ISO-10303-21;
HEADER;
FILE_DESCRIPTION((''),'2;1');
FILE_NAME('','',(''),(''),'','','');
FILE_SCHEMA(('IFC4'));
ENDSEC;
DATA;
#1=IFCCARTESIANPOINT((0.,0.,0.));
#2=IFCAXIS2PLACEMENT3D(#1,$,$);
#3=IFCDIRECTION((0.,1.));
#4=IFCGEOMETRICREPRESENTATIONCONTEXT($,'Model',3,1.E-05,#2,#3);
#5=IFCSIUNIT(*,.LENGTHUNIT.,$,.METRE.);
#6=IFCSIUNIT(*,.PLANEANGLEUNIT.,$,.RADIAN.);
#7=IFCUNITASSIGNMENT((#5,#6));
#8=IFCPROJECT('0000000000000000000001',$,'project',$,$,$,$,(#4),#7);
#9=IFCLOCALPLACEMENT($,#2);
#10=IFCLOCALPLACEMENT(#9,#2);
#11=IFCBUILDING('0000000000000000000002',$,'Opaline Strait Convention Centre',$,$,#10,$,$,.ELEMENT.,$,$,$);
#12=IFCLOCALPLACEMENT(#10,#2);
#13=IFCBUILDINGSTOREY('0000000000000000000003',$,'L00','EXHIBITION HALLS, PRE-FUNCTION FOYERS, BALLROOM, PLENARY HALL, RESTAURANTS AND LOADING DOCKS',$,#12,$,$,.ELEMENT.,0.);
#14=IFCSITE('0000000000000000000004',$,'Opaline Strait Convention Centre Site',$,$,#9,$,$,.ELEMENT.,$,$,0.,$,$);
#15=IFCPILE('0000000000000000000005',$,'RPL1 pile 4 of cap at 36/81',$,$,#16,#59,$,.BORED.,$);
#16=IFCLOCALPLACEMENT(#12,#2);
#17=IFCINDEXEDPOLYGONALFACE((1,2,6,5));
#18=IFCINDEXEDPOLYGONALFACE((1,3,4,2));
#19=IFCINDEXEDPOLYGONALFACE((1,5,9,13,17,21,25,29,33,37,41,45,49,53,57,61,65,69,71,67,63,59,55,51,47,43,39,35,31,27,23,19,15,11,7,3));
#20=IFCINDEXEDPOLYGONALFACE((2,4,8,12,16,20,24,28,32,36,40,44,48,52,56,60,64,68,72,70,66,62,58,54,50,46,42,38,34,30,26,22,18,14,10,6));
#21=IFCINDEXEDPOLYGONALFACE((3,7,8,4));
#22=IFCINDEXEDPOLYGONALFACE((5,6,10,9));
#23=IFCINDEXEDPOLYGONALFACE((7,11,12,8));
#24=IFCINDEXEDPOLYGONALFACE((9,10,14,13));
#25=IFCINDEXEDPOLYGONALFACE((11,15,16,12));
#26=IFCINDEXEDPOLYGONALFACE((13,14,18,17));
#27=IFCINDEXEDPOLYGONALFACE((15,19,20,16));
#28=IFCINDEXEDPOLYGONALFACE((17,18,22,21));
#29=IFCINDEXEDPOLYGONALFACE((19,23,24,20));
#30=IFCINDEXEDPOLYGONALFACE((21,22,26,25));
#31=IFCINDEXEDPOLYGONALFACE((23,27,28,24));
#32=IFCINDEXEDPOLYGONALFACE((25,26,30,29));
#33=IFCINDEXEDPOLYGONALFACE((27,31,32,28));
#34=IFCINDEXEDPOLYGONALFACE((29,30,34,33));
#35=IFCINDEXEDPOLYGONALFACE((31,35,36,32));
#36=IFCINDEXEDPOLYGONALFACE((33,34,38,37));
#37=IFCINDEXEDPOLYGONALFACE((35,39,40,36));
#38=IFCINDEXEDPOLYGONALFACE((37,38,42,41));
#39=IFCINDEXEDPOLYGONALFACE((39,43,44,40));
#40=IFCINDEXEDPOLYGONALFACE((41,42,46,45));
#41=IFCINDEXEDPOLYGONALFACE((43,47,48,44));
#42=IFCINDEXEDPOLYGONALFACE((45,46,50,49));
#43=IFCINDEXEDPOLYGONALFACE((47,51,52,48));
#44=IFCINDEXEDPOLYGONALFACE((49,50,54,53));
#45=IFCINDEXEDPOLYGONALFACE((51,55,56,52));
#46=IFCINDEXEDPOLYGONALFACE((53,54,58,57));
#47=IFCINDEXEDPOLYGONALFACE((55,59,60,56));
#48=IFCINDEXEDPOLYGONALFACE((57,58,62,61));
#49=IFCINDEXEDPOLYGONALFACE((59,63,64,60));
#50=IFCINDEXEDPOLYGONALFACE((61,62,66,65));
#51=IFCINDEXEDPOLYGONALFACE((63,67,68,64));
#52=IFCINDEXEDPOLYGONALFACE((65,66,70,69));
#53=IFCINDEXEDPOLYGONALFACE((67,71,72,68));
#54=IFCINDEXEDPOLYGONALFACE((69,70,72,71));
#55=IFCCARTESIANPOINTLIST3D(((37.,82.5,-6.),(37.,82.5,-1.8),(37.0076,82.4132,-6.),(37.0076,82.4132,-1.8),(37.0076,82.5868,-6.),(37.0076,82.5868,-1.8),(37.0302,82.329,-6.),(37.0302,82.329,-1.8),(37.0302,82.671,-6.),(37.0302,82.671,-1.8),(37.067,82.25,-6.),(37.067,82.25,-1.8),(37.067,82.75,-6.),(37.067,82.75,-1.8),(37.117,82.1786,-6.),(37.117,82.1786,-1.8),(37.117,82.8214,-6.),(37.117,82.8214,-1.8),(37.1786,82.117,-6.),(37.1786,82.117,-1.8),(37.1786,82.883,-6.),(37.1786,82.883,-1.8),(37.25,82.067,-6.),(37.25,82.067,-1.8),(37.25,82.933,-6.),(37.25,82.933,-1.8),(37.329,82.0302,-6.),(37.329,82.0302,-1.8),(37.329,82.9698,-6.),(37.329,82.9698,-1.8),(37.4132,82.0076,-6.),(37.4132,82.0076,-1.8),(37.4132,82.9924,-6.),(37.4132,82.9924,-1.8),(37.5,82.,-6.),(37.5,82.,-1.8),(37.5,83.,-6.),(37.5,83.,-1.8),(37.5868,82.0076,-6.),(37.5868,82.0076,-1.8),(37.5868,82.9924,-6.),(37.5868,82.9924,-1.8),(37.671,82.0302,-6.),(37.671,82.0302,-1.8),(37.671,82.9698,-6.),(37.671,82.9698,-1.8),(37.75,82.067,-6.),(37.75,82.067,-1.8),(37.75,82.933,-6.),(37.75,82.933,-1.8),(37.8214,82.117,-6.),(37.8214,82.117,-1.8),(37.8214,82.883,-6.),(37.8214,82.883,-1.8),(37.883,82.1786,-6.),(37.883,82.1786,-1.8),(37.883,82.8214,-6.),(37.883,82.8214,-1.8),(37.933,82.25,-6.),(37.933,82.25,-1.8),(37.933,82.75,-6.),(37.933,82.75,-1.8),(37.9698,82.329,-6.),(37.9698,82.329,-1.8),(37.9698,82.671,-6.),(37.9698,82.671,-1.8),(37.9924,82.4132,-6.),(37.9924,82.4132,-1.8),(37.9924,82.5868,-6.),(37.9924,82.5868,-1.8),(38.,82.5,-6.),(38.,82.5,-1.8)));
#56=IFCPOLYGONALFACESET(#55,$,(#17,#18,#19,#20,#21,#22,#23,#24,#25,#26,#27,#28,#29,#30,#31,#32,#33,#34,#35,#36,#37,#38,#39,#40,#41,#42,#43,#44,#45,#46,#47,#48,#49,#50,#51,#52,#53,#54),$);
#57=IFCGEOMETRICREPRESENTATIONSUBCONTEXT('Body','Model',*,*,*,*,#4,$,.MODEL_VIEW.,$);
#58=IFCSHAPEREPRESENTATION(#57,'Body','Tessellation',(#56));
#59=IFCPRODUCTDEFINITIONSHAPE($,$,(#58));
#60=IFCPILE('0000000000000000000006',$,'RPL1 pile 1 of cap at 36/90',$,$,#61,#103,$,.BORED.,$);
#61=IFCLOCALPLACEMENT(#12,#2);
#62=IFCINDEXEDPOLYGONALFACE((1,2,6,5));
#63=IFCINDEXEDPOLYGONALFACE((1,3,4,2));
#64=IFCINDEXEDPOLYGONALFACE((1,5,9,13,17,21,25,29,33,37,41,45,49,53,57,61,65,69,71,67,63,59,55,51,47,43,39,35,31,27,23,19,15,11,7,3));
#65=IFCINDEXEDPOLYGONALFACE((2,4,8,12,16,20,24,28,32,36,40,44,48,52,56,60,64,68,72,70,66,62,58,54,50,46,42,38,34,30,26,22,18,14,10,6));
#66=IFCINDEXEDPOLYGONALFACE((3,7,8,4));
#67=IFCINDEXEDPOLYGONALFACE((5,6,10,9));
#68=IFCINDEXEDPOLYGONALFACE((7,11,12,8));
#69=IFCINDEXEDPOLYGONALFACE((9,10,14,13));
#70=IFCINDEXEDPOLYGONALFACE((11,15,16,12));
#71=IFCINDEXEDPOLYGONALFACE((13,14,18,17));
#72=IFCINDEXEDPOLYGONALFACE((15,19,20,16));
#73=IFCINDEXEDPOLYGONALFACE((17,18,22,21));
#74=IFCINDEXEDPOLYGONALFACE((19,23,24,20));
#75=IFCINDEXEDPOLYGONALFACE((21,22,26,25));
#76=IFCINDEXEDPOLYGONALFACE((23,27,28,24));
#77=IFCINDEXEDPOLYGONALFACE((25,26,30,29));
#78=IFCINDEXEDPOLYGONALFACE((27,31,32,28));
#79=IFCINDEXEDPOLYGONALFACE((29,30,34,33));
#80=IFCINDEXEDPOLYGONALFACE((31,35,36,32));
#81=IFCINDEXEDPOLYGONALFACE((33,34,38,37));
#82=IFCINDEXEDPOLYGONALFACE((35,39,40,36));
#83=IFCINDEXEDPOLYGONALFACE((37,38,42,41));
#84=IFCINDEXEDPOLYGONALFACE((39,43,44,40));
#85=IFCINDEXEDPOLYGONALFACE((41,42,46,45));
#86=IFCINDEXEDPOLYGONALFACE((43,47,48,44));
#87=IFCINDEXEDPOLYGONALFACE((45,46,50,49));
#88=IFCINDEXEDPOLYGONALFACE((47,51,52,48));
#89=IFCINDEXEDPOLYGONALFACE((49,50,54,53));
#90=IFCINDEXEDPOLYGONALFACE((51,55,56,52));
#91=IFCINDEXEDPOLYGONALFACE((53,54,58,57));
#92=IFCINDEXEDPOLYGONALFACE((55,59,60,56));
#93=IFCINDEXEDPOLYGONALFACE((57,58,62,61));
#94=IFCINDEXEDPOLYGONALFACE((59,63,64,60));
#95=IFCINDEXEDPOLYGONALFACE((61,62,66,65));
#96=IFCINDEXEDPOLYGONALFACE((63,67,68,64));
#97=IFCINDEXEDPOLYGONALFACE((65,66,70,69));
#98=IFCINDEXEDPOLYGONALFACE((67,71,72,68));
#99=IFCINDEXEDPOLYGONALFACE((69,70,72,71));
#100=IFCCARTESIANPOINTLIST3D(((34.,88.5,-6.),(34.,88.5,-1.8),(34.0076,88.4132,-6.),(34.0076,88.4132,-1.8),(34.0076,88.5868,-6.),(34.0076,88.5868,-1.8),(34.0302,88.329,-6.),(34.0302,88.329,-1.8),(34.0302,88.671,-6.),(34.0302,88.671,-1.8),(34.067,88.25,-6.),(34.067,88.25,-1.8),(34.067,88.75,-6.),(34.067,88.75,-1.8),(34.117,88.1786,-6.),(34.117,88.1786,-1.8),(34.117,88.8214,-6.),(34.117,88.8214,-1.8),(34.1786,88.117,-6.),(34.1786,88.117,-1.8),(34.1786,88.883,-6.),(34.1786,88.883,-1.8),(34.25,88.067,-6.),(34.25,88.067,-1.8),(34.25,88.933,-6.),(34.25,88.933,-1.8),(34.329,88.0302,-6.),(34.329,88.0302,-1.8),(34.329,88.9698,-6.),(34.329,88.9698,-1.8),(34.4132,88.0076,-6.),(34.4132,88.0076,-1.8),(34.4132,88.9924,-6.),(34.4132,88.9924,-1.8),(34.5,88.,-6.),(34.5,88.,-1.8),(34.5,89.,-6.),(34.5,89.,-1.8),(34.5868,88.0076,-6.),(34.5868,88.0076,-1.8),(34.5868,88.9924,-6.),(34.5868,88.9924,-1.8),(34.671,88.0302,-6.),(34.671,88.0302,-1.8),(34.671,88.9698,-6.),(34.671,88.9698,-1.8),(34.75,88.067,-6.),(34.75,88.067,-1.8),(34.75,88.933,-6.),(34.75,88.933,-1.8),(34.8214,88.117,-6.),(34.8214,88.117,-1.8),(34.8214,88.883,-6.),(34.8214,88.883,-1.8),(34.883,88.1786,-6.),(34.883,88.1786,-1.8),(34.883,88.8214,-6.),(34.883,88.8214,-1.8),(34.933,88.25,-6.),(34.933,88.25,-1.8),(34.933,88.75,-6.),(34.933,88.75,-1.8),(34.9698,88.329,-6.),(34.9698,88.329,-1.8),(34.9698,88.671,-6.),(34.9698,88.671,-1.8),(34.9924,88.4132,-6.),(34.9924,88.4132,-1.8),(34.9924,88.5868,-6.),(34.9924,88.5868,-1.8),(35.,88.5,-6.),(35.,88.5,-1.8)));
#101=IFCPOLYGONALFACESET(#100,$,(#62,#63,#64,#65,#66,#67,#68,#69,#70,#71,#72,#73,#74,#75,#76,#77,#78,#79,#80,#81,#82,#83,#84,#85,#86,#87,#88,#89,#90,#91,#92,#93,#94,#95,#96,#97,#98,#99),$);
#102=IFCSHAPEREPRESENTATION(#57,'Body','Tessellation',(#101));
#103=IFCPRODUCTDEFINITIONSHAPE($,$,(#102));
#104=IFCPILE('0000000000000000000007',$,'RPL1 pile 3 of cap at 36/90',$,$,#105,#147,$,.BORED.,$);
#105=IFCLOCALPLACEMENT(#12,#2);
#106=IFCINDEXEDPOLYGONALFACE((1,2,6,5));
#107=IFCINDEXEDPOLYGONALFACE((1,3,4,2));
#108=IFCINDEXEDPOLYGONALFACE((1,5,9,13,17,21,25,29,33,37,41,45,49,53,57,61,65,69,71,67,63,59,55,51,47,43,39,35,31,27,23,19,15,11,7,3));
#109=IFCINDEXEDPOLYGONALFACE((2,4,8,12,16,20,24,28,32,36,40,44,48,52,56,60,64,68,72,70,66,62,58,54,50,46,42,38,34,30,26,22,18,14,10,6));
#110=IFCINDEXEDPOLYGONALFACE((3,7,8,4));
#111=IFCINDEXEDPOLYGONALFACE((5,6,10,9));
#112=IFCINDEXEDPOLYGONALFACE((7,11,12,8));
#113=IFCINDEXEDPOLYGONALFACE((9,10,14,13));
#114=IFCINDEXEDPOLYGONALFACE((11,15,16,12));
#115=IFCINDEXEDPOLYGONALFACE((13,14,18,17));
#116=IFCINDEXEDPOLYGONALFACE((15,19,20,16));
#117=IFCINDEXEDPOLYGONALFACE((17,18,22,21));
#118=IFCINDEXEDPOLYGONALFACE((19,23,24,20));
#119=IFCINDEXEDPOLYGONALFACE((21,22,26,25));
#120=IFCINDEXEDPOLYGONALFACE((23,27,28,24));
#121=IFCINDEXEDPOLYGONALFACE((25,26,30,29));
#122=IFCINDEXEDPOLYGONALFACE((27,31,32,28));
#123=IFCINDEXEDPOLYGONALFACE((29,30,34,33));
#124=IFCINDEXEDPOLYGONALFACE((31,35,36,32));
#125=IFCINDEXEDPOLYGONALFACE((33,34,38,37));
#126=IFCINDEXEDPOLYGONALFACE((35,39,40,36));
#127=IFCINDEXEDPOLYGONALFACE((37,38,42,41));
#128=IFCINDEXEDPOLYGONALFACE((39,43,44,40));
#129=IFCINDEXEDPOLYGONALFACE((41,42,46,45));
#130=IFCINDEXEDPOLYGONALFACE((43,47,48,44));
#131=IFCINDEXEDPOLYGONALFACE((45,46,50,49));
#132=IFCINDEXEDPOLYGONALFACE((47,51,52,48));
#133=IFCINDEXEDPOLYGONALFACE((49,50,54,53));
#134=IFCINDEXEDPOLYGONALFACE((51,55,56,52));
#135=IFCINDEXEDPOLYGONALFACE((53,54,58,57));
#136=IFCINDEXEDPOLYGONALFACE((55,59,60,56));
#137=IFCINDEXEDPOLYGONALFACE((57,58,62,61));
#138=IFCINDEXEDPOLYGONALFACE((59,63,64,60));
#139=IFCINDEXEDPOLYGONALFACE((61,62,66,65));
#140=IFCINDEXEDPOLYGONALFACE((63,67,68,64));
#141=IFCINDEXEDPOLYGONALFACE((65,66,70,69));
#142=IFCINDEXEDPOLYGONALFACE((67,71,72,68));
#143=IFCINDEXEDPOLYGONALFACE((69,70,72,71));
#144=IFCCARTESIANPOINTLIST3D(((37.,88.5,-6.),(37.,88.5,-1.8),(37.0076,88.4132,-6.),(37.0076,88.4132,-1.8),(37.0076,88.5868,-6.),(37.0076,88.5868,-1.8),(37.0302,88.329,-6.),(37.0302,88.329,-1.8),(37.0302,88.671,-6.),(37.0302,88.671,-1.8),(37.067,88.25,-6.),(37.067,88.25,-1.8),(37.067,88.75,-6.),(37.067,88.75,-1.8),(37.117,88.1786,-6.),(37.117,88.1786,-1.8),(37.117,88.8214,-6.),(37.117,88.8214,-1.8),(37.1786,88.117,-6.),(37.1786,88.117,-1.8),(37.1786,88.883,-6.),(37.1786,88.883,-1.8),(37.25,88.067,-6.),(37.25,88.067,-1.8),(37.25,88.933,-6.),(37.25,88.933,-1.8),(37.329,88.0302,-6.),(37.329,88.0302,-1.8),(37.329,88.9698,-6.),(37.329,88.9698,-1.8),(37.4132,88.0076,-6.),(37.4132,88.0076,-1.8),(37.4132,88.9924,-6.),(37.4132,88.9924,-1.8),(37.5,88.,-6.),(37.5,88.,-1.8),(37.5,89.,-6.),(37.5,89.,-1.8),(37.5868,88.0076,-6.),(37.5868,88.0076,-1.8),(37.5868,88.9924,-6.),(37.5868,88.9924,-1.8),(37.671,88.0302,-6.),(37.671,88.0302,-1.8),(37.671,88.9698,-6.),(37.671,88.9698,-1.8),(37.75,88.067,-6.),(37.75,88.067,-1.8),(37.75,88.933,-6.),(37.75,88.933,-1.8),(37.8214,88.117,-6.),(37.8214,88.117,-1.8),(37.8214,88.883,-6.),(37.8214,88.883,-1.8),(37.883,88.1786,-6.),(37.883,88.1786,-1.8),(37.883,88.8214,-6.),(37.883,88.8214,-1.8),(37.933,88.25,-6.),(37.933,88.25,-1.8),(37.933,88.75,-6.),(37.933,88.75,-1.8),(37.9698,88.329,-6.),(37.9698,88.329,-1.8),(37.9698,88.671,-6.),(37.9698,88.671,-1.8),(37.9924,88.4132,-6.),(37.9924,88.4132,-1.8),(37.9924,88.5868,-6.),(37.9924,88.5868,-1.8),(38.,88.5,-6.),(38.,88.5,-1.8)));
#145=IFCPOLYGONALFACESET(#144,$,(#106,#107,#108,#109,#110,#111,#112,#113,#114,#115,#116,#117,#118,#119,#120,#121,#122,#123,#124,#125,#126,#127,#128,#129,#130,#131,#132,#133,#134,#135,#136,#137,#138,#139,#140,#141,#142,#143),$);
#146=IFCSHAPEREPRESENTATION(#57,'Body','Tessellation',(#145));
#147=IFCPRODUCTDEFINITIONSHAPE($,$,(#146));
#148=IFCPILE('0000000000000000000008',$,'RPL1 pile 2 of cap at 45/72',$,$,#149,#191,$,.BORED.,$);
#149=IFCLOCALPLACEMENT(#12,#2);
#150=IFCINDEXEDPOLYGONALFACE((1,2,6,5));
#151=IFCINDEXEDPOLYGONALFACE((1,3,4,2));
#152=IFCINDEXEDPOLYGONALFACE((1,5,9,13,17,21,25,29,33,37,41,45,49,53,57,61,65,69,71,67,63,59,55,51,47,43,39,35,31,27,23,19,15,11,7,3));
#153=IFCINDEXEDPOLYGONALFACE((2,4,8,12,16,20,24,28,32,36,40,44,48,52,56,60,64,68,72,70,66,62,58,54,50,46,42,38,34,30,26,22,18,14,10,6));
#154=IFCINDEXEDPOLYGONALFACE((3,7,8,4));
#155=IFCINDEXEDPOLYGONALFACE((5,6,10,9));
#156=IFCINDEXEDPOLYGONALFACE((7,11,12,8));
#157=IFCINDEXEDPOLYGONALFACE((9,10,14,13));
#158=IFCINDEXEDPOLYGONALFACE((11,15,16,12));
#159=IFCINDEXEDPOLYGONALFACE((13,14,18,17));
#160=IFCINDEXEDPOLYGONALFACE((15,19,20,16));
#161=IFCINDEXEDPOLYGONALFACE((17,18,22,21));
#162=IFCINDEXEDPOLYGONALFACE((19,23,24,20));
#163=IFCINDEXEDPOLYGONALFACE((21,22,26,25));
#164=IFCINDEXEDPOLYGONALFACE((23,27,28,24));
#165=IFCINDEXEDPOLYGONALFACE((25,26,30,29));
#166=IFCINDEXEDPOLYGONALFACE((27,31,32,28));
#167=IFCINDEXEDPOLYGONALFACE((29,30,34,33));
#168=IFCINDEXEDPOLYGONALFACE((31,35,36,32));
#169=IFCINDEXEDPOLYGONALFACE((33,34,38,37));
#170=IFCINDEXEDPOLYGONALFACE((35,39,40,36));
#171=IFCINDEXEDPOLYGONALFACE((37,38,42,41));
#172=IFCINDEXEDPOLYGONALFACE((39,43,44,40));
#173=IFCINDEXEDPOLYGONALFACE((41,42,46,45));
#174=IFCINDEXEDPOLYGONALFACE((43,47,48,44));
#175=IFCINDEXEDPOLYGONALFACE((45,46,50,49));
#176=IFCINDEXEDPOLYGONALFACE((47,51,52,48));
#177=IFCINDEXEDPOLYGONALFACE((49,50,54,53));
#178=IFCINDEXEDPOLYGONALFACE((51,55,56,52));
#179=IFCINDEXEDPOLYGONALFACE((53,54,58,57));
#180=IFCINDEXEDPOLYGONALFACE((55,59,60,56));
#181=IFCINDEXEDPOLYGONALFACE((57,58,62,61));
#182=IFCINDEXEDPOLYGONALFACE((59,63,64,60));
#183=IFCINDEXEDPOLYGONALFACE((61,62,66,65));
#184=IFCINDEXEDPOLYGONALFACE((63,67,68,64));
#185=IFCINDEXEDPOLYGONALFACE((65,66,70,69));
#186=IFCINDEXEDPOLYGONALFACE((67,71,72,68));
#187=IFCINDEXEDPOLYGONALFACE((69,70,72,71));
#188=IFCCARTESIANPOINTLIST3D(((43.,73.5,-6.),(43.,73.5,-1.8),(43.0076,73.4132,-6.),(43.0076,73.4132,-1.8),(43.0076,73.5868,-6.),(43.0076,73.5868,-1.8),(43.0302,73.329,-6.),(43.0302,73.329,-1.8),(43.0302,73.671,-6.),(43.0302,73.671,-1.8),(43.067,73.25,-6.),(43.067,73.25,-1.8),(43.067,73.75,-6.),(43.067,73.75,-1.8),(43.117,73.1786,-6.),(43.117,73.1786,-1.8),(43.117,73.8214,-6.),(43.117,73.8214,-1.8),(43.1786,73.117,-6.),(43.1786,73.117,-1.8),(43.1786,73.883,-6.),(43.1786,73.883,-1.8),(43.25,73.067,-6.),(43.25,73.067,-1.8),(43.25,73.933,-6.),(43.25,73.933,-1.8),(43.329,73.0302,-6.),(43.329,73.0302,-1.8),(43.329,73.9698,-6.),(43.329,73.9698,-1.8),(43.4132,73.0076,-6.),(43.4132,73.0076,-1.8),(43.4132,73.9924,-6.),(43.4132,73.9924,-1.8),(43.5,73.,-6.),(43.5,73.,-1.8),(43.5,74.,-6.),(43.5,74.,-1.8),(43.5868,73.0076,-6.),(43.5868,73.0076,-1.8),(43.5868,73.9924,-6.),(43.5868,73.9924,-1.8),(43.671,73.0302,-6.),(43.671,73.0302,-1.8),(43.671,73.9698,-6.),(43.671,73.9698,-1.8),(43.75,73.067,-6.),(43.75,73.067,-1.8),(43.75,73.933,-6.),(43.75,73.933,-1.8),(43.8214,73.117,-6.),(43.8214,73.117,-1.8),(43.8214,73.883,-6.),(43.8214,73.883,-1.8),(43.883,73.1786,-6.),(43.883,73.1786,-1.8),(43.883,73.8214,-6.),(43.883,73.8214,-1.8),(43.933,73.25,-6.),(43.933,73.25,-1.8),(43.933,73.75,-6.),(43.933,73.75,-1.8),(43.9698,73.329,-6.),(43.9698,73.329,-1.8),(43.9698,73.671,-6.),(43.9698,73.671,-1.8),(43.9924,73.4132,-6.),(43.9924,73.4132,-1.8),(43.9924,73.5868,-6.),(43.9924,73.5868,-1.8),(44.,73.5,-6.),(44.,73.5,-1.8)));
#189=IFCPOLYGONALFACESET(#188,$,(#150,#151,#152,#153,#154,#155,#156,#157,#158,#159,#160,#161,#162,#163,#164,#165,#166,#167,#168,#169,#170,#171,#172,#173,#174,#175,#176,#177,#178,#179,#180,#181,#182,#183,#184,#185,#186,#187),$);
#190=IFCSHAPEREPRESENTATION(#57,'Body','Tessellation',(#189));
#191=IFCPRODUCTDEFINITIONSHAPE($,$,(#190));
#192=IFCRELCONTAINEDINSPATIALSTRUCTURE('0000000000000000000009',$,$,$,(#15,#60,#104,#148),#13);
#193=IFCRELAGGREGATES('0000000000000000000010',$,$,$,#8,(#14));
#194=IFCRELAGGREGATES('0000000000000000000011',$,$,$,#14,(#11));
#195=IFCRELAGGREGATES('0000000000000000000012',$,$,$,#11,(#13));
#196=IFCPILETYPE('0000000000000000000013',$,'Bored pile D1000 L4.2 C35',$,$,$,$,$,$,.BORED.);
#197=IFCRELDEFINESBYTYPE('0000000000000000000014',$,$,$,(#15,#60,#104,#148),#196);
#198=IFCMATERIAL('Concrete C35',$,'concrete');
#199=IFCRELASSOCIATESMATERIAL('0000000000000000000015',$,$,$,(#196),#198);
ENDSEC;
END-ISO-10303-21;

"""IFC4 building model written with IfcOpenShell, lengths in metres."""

from ifc_helpers import new_model, si_unit, direction, frame, origin, origin_2d, place, context, subcontext, project, spatial, circle, extrude, material, material_profile, profile_set, type_object, element, save


model = new_model("IFC4")

# Units and contexts
model_context = context("Model", 3, precision=1e-05, world=origin(), true_north=direction((0.0, 1.0)))
body_context = subcontext(model_context, "Body", "Model", "MODEL_VIEW")
ifc_project = project(units=[si_unit("LENGTHUNIT", "METRE"), si_unit("PLANEANGLEUNIT", "RADIAN")], contexts=[model_context])

# Site, building, storey
site_placement = place(None, origin())
site = spatial("IfcSite", under=ifc_project, at=site_placement, Name="Opaline Strait Convention Centre Site", CompositionType="ELEMENT", RefElevation=0.0)
building_placement = place(site_placement, origin())
building = spatial("IfcBuilding", under=site, at=building_placement, Name="Opaline Strait Convention Centre", CompositionType="ELEMENT")
storey_placement = place(building_placement, origin())
storey = spatial("IfcBuildingStorey", under=building, at=storey_placement, Name="L00", Description="EXHIBITION HALLS, PRE-FUNCTION FOYERS, BALLROOM, PLENARY HALL, RESTAURANTS AND LOADING DOCKS", CompositionType="ELEMENT", Elevation=0.0)

# Piles
ifc_material_1 = material(Name="Concrete C35", Category="concrete")
ifc_material_profile_1 = material_profile(ifc_material_1, circle(Radius=0.5, at=origin_2d()), Name="D1000")
ifc_profile_set_1 = profile_set([ifc_material_profile_1], Name="Concrete C35")
pile_type = type_object("IfcPileType", Name="Bored pile D1000 L4.2 C35", PredefinedType="BORED", material=ifc_profile_set_1)
for number, where, z_axis, x_axis, name in (
    (1, (37.5, 82.5, -1.8), (0.0, 0.0, -1.0), (1.0, 0.0, 0.0), "RPL1 pile 4 of cap at 36/81"),
    (2, (34.5, 88.5, -1.8), (0.0, 0.0, -1.0), (1.0, 0.0, 0.0), "RPL1 pile 1 of cap at 36/90"),
    (3, (37.5, 88.5, -1.8), (0.0, 0.0, -1.0), (1.0, 0.0, 0.0), "RPL1 pile 3 of cap at 36/90"),
    (4, (43.5, 73.5, -1.8), (0.0, 0.0, -1.0), (1.0, 0.0, 0.0), "RPL1 pile 2 of cap at 45/72"),
):
    element("IfcPile", number, at=place(storey_placement, frame(where, z_axis=z_axis, x_axis=x_axis)), inside=storey, type_object=pile_type, Name=name, PredefinedType="BORED", context=body_context, shape_type="SweptSolid", body=[
        extrude(circle(Radius=0.5, at=origin_2d()), origin(), (0.0, 0.0, 1.0), 4.2),
    ])

save(model, "model.ifc")
